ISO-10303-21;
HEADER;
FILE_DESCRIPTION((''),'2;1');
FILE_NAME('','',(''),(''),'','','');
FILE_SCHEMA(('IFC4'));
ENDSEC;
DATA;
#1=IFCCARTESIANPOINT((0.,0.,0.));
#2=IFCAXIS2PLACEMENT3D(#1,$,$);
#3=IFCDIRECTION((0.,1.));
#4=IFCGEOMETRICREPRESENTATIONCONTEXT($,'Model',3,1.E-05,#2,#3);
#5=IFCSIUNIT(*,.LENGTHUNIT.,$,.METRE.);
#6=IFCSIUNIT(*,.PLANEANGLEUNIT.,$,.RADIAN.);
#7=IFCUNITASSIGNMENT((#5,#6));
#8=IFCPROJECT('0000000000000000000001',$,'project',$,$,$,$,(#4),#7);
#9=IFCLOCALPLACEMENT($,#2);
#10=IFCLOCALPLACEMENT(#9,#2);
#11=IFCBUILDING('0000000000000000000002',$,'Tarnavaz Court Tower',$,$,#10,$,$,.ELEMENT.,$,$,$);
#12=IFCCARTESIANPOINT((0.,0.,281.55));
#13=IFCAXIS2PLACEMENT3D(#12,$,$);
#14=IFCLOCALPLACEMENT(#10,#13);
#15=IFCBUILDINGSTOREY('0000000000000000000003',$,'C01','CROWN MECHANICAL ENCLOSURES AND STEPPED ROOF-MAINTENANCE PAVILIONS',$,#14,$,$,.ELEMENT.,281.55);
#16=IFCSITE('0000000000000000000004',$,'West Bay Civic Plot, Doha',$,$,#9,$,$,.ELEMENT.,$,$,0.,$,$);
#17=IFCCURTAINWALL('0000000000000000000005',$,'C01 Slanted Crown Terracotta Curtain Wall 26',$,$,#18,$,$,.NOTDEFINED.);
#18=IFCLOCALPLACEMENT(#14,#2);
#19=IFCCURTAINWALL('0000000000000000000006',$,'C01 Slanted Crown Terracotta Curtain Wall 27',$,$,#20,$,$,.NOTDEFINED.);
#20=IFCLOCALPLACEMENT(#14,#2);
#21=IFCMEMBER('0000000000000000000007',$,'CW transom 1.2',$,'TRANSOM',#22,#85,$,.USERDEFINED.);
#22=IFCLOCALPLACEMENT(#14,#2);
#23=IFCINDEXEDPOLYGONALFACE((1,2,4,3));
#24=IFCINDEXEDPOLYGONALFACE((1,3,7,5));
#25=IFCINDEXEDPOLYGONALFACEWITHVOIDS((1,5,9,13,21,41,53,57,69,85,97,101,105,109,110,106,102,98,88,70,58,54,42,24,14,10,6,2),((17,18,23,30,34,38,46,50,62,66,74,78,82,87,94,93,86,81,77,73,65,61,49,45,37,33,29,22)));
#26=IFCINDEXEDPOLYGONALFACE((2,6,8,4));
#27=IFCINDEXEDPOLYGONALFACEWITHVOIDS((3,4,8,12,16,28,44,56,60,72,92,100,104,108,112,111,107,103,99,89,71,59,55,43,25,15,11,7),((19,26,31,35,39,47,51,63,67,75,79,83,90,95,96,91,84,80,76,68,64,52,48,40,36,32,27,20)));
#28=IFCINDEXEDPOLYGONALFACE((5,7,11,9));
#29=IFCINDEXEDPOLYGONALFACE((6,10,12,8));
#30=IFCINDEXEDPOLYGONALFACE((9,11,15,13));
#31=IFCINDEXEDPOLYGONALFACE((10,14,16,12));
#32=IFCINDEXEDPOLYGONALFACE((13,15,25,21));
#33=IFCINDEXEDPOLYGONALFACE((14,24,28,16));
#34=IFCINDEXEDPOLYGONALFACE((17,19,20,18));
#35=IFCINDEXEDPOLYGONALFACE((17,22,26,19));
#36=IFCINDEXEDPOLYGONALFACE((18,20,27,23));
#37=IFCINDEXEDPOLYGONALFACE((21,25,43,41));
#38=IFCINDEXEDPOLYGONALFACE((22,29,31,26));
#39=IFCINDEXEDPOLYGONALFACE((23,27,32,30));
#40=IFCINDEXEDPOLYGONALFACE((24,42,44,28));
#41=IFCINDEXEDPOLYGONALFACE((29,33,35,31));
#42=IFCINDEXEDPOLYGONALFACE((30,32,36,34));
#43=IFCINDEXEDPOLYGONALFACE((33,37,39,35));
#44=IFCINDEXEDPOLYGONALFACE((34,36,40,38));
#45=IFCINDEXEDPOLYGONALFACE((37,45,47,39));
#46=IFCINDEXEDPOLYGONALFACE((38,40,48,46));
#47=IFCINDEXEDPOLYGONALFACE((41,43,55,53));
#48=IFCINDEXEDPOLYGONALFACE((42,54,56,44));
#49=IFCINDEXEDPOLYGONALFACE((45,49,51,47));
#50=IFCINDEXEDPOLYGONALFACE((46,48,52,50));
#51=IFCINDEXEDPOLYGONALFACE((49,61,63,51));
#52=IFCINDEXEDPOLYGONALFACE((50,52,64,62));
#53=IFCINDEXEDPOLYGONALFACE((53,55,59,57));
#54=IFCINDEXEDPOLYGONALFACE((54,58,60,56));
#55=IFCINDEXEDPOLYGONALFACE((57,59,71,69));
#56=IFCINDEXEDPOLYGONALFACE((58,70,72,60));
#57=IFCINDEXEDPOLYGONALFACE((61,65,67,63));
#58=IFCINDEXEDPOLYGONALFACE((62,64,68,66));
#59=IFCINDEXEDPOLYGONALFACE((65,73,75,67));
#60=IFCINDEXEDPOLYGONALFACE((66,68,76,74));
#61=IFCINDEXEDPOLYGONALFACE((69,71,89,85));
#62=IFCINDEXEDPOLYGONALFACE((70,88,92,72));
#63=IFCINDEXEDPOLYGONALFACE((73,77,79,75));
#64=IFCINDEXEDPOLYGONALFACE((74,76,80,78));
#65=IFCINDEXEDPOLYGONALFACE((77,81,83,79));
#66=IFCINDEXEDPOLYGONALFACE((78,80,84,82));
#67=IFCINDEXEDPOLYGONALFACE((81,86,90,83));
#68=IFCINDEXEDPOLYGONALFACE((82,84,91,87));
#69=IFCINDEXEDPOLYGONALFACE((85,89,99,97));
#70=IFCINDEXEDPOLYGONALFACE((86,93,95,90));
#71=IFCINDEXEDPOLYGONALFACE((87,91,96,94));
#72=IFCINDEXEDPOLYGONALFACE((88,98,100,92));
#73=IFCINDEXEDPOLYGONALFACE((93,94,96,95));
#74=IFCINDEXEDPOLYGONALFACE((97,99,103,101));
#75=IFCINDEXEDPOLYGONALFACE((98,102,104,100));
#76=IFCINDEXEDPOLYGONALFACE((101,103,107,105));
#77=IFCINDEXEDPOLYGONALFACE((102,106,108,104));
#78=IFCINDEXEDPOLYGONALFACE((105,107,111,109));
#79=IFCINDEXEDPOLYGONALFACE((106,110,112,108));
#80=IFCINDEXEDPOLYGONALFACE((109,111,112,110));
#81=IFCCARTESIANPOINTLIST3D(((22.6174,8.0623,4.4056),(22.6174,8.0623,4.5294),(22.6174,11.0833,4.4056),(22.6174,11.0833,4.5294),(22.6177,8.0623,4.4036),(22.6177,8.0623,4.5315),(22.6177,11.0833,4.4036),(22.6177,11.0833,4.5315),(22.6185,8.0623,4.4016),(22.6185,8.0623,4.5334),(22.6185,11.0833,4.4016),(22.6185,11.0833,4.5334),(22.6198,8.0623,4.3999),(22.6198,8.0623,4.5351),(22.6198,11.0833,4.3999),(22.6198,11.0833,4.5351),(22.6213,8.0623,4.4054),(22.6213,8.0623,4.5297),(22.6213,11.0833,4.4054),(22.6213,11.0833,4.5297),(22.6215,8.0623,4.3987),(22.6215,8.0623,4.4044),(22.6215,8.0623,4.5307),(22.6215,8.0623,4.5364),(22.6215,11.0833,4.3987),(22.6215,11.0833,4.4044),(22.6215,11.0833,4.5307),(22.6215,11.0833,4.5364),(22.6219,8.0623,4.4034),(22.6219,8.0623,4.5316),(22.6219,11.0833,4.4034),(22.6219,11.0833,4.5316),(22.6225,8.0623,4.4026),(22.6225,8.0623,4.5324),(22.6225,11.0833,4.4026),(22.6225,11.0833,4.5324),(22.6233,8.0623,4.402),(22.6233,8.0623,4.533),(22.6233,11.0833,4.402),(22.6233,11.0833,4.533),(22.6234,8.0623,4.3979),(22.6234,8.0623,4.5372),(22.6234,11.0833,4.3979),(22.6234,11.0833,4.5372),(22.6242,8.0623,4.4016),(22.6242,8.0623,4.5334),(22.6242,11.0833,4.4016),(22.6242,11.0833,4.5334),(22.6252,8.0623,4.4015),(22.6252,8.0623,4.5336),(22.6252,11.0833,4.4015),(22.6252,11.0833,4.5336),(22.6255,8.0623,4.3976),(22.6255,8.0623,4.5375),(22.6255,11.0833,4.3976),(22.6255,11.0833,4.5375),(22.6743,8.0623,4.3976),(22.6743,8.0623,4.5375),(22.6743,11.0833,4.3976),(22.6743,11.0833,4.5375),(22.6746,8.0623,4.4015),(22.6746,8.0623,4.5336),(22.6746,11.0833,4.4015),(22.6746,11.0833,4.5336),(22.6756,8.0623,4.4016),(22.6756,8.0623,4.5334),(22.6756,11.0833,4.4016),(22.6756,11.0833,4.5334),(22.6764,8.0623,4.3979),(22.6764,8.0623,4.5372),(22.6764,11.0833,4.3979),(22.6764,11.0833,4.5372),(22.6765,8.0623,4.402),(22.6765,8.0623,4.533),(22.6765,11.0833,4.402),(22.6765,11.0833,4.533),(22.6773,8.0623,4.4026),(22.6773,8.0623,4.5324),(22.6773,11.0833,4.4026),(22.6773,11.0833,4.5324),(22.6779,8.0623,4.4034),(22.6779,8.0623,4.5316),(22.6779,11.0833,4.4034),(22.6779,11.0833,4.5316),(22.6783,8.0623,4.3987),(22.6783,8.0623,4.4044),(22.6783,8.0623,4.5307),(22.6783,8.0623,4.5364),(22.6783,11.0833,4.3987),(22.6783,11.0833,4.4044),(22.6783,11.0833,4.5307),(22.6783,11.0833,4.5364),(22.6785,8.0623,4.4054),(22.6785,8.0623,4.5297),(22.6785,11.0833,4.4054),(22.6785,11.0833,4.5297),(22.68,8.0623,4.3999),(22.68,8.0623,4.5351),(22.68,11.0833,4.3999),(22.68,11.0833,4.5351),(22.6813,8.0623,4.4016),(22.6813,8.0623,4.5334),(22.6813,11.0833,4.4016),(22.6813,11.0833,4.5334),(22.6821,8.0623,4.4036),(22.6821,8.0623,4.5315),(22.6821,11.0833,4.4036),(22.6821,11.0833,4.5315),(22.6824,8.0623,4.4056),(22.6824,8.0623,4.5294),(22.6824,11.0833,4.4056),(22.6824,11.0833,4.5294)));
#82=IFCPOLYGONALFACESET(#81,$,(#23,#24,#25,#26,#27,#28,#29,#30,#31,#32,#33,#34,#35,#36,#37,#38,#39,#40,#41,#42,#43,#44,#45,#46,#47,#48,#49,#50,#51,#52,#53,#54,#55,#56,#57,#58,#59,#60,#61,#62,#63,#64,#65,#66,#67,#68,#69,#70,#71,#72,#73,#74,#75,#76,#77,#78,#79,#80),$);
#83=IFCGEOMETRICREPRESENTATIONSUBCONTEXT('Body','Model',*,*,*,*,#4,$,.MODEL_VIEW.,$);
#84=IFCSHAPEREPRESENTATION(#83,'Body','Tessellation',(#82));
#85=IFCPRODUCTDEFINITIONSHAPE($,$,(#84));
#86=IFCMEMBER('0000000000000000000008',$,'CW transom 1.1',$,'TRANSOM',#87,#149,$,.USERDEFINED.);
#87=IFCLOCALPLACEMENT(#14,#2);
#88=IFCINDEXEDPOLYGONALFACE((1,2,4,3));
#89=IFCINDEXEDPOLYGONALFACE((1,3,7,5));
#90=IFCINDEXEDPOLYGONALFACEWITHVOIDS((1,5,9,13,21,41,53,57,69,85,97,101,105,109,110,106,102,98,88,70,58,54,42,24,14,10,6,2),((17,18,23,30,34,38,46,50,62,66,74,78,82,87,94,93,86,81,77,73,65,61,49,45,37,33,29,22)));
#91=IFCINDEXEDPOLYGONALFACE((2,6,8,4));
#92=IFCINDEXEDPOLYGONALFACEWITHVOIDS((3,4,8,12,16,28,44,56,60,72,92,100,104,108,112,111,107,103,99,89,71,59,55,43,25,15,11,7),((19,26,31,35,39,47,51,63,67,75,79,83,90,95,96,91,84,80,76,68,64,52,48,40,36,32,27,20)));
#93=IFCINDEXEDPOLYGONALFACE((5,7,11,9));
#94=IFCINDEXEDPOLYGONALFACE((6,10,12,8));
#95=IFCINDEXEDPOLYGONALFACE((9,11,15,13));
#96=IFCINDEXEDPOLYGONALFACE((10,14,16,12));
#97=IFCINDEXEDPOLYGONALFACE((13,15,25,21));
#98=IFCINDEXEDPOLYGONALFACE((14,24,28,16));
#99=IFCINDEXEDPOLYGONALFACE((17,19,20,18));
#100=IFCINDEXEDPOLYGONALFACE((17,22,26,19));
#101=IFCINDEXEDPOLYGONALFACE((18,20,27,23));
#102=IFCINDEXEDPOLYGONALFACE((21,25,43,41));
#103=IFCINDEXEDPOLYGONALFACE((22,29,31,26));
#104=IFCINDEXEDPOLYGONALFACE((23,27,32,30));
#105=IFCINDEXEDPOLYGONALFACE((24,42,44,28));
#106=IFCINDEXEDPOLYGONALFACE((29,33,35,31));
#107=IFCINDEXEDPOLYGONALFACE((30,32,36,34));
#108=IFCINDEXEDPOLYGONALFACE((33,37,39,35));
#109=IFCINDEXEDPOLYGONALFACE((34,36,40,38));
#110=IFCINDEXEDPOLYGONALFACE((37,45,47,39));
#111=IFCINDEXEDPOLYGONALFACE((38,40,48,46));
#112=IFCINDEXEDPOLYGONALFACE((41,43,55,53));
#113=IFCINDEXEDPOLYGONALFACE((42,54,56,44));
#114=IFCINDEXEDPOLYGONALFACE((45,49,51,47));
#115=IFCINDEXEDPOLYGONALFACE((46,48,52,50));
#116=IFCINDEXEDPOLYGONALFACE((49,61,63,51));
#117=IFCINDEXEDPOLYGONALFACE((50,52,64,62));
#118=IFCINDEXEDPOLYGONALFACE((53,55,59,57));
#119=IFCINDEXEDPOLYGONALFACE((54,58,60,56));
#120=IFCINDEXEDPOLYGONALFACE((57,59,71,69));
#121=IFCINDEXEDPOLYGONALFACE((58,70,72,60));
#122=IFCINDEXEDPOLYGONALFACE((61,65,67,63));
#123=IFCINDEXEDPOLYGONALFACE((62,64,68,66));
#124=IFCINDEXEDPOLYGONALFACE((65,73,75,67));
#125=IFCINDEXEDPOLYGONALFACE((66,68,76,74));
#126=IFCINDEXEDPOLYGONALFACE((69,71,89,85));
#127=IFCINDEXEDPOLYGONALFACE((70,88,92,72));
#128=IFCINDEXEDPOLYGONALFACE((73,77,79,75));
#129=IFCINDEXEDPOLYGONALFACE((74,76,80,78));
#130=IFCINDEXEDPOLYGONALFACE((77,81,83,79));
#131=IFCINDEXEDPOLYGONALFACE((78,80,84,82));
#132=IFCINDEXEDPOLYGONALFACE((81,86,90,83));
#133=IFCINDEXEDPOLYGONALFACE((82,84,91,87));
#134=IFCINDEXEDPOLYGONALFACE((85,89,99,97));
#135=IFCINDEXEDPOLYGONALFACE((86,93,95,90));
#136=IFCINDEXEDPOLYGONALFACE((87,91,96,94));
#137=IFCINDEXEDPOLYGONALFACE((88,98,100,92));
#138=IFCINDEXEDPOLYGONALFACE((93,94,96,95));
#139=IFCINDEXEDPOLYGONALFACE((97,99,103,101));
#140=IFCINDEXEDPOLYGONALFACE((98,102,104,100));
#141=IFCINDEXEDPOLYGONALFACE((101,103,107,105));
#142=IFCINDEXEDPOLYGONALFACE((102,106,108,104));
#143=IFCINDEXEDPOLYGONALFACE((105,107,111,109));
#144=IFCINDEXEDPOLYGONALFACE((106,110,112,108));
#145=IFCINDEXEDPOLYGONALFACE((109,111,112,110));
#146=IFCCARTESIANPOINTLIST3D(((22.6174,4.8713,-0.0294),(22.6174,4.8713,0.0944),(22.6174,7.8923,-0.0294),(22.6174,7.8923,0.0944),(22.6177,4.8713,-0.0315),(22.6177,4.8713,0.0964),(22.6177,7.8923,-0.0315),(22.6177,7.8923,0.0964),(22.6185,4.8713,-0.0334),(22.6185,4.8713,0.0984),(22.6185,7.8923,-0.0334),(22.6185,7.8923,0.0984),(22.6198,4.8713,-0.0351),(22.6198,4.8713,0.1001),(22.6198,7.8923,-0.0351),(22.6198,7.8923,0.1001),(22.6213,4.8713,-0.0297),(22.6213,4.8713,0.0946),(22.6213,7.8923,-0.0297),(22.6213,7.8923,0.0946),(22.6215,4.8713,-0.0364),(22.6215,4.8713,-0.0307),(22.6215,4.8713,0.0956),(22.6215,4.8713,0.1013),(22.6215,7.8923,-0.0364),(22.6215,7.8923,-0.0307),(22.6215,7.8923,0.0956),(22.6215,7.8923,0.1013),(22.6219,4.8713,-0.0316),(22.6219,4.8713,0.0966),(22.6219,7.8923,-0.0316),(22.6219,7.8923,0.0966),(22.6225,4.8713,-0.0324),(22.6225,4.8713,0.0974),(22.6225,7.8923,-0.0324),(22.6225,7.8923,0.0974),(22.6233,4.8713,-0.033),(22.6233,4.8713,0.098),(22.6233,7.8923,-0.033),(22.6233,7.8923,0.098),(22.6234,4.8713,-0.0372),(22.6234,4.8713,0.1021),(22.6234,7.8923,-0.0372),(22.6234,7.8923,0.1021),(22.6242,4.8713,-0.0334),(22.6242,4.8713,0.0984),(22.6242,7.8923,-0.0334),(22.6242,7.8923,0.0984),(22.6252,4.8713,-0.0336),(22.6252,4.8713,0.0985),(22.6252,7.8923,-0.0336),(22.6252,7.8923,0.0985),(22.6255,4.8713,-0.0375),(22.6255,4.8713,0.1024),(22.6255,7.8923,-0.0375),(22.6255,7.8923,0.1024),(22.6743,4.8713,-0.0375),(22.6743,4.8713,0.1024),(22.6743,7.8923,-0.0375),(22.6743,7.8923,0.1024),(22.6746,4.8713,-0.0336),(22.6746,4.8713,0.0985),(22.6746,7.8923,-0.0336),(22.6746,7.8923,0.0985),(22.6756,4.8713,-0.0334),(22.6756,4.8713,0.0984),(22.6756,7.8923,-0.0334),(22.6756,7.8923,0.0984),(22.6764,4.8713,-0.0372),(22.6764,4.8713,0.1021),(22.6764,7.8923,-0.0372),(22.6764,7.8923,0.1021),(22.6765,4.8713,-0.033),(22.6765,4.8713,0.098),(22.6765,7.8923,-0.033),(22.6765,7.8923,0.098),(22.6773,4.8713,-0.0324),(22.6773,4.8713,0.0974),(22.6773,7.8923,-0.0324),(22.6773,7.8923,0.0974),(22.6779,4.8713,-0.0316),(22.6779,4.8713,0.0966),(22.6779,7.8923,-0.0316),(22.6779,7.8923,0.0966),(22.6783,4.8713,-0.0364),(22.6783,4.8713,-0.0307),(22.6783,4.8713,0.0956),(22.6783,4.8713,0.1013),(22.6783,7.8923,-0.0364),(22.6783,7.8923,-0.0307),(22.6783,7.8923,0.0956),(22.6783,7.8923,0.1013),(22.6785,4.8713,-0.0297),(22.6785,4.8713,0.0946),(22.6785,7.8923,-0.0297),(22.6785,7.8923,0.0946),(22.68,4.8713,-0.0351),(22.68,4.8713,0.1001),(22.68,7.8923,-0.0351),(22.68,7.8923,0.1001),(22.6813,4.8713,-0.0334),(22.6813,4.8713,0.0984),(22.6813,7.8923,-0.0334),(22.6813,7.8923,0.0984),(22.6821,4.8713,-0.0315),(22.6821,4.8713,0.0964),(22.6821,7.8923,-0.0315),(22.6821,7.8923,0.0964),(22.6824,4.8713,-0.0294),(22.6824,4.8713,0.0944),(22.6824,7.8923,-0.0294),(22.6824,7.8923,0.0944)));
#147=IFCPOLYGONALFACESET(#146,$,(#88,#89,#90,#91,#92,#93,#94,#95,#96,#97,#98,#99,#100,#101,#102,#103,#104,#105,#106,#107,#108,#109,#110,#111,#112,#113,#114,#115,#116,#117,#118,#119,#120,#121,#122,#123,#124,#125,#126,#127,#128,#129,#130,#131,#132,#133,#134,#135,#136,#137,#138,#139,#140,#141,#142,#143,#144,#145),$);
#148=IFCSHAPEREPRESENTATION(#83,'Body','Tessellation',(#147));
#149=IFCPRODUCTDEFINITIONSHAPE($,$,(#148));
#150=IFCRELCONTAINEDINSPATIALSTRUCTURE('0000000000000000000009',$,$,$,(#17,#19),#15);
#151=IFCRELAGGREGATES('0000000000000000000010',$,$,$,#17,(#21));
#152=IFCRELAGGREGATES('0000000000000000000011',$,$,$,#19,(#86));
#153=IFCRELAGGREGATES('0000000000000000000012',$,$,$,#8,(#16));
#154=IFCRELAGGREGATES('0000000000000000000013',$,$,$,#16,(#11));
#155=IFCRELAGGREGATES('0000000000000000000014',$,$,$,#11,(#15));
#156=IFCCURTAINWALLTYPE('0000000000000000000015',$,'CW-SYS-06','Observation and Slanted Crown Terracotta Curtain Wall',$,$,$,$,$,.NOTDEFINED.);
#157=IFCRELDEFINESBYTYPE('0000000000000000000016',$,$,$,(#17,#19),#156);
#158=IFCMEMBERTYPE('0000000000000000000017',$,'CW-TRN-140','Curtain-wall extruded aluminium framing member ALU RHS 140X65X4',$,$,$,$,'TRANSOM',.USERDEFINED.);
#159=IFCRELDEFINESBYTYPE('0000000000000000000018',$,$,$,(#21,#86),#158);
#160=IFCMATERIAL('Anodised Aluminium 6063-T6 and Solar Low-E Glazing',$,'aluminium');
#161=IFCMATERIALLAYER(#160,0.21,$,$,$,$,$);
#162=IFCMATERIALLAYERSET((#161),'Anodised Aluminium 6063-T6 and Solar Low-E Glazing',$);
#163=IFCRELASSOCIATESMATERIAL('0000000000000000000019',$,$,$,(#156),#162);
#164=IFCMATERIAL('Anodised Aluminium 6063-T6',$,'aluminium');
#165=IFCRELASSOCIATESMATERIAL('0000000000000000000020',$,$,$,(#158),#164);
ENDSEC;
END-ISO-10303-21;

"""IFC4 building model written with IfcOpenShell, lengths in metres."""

from ifc_helpers import new_model, si_unit, direction, frame, origin, origin_2d, place, context, subcontext, project, spatial, hollow_rectangle, extrude, material, layer, layer_set, material_profile, profile_set, type_object, element, aggregate, save


model = new_model("IFC4")

# Units and contexts
model_context = context("Model", 3, precision=1e-05, world=origin(), true_north=direction((0.0, 1.0)))
body_context = subcontext(model_context, "Body", "Model", "MODEL_VIEW")
ifc_project = project(units=[si_unit("LENGTHUNIT", "METRE"), si_unit("PLANEANGLEUNIT", "RADIAN")], contexts=[model_context])

# Site, building, storey
site_placement = place(None, origin())
site = spatial("IfcSite", under=ifc_project, at=site_placement, Name="West Bay Civic Plot, Doha", CompositionType="ELEMENT", RefElevation=0.0)
building_placement = place(site_placement, origin())
building = spatial("IfcBuilding", under=site, at=building_placement, Name="Tarnavaz Court Tower", CompositionType="ELEMENT")
storey_placement = place(building_placement, frame((0.0, 0.0, 281.55)))
storey = spatial("IfcBuildingStorey", under=building, at=storey_placement, Name="C01", Description="CROWN MECHANICAL ENCLOSURES AND STEPPED ROOF-MAINTENANCE PAVILIONS", CompositionType="ELEMENT", Elevation=281.55)

# Shared definitions
ifc_material_1 = material(Name="Anodised Aluminium 6063-T6 and Solar Low-E Glazing", Category="aluminium")
ifc_layer_1 = layer(ifc_material_1, 0.21)
ifc_layer_set_1 = layer_set([ifc_layer_1], Name="Anodised Aluminium 6063-T6 and Solar Low-E Glazing")
curtain_wall_type = type_object("IfcCurtainWallType", Name="CW-SYS-06", Description="Observation and Slanted Crown Terracotta Curtain Wall", PredefinedType="NOTDEFINED", material=ifc_layer_set_1)
ifc_material_2 = material(Name="Anodised Aluminium 6063-T6", Category="aluminium")

# Curtain walls
curtain_wall_1_placement = place(storey_placement, origin())
curtain_wall_1 = element("IfcCurtainWall", 1, at=curtain_wall_1_placement, inside=storey, type_object=curtain_wall_type, Name="C01 Slanted Crown Terracotta Curtain Wall 26", PredefinedType="NOTDEFINED")
curtain_wall_2_placement = place(storey_placement, origin())
curtain_wall_2 = element("IfcCurtainWall", 2, at=curtain_wall_2_placement, inside=storey, type_object=curtain_wall_type, Name="C01 Slanted Crown Terracotta Curtain Wall 27", PredefinedType="NOTDEFINED")

# Members
ifc_material_profile_1 = material_profile(ifc_material_2, hollow_rectangle(XDim=0.0649, YDim=0.1399, WallThickness=0.0039, InnerFilletRadius=0.0039, OuterFilletRadius=0.0081, at=origin_2d()), Name="ALU RHS 140X65X4")
ifc_profile_set_1 = profile_set([ifc_material_profile_1], Name="Anodised Aluminium 6063-T6")
member_type_1 = type_object("IfcMemberType", Name="CW-TRN-140", Description="Curtain-wall extruded aluminium framing member ALU RHS 140X65X4", ElementType="TRANSOM", PredefinedType="USERDEFINED", material=ifc_profile_set_1)
member_1_placement = place(storey_placement, frame((22.6499, 11.0833, 4.4675), z_axis=(0.0, -1.0, 0.0), x_axis=(1.0, 0.0, 0.0)))
member_1 = element("IfcMember", 3, at=member_1_placement, type_object=member_type_1, Name="CW transom 1.2", ObjectType="TRANSOM", PredefinedType="USERDEFINED", context=body_context, shape_type="SweptSolid", body=[
    extrude(hollow_rectangle(XDim=0.0649, YDim=0.1399, WallThickness=0.0039, InnerFilletRadius=0.0039, OuterFilletRadius=0.0081, at=origin_2d()), origin(), (0.0, 0.0, 1.0), 3.021),
])
member_2_placement = place(storey_placement, frame((22.6499, 7.8923, 0.0325), z_axis=(0.0, -1.0, 0.0), x_axis=(1.0, 0.0, 0.0)))
member_2 = element("IfcMember", 4, at=member_2_placement, type_object=member_type_1, Name="CW transom 1.1", ObjectType="TRANSOM", PredefinedType="USERDEFINED", context=body_context, shape_type="SweptSolid", body=[
    extrude(hollow_rectangle(XDim=0.0649, YDim=0.1399, WallThickness=0.0039, InnerFilletRadius=0.0039, OuterFilletRadius=0.0081, at=origin_2d()), origin(), (0.0, 0.0, 1.0), 3.021),
])

aggregate(curtain_wall_1, [member_1])
aggregate(curtain_wall_2, [member_2])

save(model, "model.ifc")
